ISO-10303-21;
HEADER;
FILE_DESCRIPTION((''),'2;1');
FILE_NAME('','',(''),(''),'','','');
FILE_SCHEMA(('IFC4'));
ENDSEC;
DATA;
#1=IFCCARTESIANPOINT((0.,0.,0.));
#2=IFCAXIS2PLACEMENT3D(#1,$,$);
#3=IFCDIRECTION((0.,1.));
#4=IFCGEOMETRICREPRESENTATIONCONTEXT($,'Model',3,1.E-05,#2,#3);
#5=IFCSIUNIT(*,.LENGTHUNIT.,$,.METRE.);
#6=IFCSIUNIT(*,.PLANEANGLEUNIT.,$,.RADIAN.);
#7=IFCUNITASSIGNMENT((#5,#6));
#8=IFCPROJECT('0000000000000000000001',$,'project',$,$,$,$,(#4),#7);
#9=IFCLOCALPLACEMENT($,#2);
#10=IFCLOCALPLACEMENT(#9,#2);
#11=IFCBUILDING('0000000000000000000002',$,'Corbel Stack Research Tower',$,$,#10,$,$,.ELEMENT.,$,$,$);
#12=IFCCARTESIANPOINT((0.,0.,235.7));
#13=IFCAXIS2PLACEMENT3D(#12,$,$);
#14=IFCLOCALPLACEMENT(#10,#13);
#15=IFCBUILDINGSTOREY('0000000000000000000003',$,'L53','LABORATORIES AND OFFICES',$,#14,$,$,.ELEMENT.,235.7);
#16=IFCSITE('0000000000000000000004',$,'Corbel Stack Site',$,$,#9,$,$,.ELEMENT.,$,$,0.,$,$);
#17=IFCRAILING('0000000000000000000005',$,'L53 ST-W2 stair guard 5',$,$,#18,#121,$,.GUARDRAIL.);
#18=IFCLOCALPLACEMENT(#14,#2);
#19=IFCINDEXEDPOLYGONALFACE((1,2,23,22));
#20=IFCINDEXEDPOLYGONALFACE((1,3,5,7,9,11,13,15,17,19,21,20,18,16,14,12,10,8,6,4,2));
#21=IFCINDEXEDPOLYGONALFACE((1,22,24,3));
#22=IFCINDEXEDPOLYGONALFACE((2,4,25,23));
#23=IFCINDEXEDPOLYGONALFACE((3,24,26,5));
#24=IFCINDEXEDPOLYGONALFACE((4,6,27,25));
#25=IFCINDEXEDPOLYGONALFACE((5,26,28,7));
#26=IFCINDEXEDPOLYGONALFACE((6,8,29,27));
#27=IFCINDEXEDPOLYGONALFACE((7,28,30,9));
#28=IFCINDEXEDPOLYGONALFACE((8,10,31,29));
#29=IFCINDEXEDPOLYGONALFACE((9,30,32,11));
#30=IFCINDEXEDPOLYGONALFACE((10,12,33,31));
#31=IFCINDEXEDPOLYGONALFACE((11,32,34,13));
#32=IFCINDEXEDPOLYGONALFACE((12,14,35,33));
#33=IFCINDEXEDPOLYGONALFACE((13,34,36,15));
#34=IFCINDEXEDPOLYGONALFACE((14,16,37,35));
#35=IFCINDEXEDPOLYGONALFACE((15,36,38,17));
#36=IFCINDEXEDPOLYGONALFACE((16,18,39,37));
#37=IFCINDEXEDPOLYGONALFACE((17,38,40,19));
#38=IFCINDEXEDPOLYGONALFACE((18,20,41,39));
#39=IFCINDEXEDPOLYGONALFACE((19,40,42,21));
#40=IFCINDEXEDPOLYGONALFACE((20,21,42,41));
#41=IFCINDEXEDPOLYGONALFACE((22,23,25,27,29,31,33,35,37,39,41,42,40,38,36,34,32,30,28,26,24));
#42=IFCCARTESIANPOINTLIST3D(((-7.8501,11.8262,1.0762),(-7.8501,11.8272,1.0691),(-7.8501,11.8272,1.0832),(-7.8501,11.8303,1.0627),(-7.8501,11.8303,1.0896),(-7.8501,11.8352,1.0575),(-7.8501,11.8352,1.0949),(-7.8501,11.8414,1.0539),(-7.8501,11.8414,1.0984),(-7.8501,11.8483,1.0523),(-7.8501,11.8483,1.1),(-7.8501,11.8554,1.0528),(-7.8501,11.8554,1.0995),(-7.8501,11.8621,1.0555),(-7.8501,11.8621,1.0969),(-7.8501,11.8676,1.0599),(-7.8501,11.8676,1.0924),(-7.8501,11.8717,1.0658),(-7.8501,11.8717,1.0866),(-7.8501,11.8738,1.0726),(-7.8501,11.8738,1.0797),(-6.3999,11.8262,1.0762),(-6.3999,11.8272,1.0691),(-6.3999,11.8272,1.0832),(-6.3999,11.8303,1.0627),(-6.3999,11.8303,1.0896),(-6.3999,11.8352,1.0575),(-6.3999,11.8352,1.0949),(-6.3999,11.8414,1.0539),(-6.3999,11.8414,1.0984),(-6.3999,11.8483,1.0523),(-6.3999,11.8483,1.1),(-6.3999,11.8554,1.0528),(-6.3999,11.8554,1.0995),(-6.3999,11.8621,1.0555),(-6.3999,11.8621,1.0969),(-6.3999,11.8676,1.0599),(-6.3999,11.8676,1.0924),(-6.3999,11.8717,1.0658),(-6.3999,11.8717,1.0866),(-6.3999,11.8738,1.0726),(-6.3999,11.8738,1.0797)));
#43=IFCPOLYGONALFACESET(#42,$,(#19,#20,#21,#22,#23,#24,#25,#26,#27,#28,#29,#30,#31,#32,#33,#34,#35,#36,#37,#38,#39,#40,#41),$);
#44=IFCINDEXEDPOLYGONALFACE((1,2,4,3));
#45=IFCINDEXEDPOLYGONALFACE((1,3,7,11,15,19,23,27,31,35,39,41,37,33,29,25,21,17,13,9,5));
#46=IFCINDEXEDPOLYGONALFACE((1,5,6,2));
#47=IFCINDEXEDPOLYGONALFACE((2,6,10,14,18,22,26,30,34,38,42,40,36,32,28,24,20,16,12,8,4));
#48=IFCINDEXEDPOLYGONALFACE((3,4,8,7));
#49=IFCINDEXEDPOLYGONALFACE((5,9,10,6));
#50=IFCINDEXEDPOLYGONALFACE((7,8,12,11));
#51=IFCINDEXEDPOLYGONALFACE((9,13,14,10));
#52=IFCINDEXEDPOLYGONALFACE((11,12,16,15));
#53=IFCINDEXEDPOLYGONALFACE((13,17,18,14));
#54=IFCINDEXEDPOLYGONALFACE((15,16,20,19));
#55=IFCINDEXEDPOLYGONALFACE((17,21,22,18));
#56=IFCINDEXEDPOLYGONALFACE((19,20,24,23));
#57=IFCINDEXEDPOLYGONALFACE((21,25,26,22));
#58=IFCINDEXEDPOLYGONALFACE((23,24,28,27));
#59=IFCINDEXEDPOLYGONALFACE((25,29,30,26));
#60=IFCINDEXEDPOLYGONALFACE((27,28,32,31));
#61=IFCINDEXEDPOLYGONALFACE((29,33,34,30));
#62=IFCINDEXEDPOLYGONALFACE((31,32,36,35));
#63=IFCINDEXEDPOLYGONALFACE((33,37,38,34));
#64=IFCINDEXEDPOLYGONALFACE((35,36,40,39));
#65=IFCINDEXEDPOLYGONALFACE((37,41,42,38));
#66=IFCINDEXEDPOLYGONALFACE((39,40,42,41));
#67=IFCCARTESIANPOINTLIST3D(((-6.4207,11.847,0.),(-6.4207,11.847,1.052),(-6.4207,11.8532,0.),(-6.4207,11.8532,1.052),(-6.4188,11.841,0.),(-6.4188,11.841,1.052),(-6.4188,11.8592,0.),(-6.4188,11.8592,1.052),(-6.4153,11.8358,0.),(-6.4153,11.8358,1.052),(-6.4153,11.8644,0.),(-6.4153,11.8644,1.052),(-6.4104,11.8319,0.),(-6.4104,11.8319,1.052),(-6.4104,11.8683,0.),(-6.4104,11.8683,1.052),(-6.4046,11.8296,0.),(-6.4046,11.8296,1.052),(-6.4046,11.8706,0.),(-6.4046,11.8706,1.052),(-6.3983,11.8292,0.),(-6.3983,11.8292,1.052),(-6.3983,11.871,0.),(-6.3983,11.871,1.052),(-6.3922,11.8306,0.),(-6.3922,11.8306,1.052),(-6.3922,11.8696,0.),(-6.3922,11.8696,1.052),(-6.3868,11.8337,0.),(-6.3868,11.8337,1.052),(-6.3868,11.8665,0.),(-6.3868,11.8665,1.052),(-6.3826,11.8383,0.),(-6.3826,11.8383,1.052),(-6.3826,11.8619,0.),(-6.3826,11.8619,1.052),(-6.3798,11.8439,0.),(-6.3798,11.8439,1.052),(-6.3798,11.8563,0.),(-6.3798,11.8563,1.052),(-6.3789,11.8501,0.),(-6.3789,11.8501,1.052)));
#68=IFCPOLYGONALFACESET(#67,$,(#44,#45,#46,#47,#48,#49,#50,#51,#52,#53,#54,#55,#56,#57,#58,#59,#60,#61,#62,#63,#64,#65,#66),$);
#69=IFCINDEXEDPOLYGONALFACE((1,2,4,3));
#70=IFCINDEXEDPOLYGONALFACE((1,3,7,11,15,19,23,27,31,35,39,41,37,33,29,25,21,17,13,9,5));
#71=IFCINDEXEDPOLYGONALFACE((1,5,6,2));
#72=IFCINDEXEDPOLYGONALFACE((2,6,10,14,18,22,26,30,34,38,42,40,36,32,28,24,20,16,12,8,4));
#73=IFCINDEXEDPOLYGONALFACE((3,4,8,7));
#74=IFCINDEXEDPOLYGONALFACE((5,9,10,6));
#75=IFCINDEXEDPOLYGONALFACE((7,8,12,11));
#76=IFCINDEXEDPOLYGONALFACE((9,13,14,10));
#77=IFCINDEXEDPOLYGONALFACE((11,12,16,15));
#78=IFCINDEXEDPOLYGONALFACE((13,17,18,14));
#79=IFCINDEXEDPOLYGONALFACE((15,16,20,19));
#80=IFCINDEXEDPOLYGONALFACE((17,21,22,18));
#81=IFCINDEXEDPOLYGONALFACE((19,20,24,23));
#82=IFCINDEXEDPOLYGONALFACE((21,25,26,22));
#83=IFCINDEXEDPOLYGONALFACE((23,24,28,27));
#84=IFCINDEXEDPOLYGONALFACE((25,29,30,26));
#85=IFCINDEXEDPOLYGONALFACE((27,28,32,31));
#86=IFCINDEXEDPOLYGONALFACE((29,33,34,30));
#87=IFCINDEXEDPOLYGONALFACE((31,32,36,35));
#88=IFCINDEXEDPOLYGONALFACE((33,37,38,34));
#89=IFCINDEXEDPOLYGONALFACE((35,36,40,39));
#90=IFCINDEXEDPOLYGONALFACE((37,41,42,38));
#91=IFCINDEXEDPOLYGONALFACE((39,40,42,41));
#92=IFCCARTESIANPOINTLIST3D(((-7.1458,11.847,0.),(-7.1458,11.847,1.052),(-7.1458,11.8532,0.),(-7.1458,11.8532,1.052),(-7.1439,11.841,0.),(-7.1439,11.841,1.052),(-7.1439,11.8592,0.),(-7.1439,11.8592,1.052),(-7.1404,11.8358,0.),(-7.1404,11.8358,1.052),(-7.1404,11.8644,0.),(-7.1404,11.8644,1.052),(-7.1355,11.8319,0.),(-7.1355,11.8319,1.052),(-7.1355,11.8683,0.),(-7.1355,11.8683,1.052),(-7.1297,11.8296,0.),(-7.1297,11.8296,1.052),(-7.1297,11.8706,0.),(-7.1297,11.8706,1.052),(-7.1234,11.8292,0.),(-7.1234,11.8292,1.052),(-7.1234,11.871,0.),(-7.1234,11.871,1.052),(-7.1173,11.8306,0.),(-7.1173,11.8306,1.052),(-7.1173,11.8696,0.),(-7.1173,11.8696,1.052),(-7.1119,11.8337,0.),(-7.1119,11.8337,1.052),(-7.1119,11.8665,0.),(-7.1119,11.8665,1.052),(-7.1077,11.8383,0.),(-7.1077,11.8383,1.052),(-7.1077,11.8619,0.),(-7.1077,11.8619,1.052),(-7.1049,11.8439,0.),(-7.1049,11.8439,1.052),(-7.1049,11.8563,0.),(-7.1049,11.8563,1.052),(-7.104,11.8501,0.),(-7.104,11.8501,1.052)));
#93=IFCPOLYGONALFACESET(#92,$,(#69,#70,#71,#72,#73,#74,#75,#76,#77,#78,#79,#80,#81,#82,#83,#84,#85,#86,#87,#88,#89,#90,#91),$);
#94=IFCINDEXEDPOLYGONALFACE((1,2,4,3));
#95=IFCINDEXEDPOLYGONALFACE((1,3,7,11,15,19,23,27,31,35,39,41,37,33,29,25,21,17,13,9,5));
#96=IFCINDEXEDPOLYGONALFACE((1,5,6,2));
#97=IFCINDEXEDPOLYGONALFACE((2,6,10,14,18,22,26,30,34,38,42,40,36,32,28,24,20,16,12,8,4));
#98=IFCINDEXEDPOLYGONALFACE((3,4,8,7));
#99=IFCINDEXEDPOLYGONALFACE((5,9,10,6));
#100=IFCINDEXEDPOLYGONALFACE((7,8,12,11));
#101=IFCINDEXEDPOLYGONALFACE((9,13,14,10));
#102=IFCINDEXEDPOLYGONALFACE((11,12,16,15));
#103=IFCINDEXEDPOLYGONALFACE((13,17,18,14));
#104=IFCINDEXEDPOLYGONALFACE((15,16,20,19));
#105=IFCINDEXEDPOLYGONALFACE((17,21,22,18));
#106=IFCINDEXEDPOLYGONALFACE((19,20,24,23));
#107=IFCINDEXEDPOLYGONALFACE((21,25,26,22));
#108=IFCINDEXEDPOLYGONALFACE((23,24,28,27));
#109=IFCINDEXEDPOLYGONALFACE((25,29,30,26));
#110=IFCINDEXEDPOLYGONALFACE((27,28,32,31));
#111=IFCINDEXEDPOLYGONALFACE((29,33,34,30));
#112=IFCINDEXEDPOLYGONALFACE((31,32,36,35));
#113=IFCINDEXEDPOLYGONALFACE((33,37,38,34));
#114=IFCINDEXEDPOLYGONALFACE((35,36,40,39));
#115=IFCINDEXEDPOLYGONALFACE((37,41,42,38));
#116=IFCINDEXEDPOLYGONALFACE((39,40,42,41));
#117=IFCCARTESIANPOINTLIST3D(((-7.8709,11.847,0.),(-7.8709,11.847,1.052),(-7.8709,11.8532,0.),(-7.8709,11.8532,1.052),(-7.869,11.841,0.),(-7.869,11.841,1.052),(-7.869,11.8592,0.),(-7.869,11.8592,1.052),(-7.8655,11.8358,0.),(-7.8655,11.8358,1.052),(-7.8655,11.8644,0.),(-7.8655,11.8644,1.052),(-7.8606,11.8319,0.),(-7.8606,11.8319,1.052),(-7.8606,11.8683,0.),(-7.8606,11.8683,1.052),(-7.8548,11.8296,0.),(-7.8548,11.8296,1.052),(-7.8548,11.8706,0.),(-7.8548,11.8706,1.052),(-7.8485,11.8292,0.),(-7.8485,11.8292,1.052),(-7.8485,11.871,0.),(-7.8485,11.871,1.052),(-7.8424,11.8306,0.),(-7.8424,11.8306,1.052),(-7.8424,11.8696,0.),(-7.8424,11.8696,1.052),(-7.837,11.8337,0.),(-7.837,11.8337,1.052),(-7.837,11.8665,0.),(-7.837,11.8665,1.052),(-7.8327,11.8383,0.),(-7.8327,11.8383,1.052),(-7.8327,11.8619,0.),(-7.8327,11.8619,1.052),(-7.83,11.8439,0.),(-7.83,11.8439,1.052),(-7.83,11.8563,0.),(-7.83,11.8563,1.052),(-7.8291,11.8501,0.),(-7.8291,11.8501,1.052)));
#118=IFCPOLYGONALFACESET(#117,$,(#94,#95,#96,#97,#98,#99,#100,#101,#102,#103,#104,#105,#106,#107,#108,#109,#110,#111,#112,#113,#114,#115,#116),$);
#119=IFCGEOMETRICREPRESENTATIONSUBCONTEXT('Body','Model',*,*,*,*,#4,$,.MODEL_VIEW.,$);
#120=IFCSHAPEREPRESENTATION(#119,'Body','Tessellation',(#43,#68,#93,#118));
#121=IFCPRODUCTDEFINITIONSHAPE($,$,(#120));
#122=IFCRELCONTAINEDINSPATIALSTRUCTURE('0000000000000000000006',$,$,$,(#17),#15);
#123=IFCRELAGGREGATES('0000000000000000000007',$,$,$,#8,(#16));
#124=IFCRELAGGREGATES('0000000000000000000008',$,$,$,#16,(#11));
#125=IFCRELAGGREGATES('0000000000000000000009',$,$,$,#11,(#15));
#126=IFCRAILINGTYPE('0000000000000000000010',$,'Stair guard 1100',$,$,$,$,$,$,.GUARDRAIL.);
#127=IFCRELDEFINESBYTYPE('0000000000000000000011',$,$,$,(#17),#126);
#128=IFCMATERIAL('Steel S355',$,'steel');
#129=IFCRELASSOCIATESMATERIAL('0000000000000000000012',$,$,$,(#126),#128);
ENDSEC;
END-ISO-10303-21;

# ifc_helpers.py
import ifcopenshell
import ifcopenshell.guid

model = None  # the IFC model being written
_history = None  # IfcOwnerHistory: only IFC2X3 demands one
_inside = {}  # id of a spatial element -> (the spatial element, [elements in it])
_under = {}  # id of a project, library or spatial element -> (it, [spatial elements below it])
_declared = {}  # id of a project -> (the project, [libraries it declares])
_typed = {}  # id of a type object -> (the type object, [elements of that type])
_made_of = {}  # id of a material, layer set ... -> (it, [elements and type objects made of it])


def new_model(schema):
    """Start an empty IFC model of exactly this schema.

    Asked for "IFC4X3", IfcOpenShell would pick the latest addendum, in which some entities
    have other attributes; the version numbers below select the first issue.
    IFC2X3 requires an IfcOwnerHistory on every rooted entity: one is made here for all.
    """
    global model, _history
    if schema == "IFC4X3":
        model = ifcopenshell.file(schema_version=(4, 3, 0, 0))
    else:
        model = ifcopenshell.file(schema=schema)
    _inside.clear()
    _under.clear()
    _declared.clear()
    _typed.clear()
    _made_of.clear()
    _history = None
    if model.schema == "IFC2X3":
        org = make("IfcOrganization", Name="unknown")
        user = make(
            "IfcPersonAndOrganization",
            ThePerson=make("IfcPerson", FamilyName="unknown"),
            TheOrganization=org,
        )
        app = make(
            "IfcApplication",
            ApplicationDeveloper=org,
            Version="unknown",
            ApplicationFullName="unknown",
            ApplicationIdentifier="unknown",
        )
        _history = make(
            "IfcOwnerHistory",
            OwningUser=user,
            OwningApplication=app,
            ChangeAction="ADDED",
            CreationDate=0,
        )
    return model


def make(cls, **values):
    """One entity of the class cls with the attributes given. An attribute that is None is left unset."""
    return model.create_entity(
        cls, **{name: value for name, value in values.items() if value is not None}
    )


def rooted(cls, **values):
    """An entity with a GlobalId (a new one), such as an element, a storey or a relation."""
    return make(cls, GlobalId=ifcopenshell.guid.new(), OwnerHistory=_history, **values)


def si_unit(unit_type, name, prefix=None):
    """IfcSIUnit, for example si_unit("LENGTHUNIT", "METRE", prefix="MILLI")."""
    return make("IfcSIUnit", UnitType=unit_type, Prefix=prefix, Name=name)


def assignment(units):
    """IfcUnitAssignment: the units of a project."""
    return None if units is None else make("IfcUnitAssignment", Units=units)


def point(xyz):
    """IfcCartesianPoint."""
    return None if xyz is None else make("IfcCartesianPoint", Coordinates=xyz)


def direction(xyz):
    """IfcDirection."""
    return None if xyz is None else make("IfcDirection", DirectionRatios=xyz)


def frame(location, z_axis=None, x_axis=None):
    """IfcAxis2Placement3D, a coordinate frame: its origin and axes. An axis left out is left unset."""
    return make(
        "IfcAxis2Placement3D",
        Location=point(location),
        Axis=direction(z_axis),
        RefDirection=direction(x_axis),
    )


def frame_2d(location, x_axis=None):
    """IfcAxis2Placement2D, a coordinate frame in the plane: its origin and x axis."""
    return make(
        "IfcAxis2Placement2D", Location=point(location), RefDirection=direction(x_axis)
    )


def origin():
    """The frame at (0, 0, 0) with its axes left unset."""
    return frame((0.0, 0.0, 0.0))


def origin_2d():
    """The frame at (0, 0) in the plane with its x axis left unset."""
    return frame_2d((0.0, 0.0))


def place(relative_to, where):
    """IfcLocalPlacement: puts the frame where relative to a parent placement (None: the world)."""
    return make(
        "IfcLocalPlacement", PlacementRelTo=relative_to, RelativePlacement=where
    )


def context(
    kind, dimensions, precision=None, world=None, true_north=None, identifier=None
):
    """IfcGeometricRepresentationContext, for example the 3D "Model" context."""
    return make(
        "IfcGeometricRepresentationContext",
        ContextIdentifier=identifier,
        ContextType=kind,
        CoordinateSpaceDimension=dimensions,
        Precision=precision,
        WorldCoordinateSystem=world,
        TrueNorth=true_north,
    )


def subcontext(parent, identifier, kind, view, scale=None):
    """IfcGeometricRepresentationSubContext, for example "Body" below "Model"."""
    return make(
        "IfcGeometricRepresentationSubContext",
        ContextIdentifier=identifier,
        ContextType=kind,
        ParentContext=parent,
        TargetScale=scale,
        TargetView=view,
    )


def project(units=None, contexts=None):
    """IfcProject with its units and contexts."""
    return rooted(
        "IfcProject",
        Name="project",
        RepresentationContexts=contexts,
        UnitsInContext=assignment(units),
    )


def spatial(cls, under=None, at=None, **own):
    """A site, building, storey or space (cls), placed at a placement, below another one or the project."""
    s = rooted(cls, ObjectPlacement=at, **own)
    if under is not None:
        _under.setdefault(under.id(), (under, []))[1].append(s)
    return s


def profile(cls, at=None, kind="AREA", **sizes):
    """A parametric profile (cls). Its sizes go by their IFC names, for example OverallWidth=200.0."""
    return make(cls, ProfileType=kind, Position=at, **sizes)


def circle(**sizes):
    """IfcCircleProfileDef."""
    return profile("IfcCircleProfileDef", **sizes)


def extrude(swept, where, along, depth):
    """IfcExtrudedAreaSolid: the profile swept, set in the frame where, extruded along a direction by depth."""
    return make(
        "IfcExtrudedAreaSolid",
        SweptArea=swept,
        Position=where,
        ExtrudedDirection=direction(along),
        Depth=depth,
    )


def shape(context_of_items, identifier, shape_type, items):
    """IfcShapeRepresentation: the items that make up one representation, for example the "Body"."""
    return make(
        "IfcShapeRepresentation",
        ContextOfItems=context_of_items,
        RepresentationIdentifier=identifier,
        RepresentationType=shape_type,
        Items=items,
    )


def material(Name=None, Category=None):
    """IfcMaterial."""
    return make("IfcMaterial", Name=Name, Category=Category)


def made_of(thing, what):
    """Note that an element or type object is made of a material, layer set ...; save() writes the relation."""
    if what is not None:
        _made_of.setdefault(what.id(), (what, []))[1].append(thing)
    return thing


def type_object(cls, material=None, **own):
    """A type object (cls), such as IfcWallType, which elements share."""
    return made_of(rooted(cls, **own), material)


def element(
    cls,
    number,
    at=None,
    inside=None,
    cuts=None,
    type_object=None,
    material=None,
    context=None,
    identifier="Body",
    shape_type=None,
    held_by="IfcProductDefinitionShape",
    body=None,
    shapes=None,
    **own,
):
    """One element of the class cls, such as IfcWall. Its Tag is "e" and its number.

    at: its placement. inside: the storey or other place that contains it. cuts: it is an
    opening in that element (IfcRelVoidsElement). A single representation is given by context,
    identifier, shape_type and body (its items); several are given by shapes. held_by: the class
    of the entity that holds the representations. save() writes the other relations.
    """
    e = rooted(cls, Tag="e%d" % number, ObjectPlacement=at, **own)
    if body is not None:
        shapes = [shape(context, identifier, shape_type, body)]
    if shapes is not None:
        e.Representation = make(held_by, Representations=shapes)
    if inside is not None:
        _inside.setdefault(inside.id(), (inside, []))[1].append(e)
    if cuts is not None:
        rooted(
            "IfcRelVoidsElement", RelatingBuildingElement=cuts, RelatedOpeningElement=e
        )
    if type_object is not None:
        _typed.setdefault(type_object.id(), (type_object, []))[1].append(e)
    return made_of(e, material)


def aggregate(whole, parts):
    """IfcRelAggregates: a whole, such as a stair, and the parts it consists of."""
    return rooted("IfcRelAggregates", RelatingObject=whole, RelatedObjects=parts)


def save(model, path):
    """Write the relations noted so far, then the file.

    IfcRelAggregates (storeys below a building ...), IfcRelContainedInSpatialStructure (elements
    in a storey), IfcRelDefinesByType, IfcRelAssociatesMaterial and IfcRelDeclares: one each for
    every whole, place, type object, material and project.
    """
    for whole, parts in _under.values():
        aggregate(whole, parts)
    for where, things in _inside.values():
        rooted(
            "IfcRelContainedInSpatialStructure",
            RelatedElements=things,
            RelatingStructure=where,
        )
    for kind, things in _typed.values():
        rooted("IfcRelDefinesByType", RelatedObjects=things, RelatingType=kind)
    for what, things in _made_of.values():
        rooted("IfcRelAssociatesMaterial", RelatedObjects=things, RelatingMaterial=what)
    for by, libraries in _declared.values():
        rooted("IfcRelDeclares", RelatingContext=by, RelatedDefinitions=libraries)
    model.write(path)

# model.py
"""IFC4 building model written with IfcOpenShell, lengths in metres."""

from ifc_helpers import new_model, si_unit, direction, frame, origin, origin_2d, place, context, subcontext, project, spatial, circle, extrude, material, type_object, element, save


model = new_model("IFC4")

# Units and contexts
model_context = context("Model", 3, precision=1e-05, world=origin(), true_north=direction((0.0, 1.0)))
body_context = subcontext(model_context, "Body", "Model", "MODEL_VIEW")
ifc_project = project(units=[si_unit("LENGTHUNIT", "METRE"), si_unit("PLANEANGLEUNIT", "RADIAN")], contexts=[model_context])

# Site, building, storey
site_placement = place(None, origin())
site = spatial("IfcSite", under=ifc_project, at=site_placement, Name="Corbel Stack Site", CompositionType="ELEMENT", RefElevation=0.0)
building_placement = place(site_placement, origin())
building = spatial("IfcBuilding", under=site, at=building_placement, Name="Corbel Stack Research Tower", CompositionType="ELEMENT")
storey_placement = place(building_placement, frame((0.0, 0.0, 235.7)))
storey = spatial("IfcBuildingStorey", under=building, at=storey_placement, Name="L53", Description="LABORATORIES AND OFFICES", CompositionType="ELEMENT", Elevation=235.7)

# Railing
ifc_material_1 = material(Name="Steel S355", Category="steel")
railing_type_1 = type_object("IfcRailingType", Name="Stair guard 1100", PredefinedType="GUARDRAIL", material=ifc_material_1)
railing_1_placement = place(storey_placement, frame((-6.3999, 11.8501, 0.0)))
element("IfcRailing", 1, at=railing_1_placement, inside=storey, type_object=railing_type_1, Name="L53 ST-W2 stair guard 5", PredefinedType="GUARDRAIL", context=body_context, shape_type="SweptSolid", body=[
    extrude(circle(Radius=0.0239, at=origin_2d()), frame((0.0, 0.0, 1.0762), z_axis=(-1.0, 0.0, 0.0), x_axis=(0.0, -1.0, 0.0)), (0.0, 0.0, 1.0), 1.4502),
    extrude(circle(Radius=0.021, at=origin_2d()), origin(), (0.0, 0.0, 1.0), 1.052),
    extrude(circle(Radius=0.021, at=origin_2d()), frame((-0.7251, 0.0, 0.0)), (0.0, 0.0, 1.0), 1.052),
    extrude(circle(Radius=0.021, at=origin_2d()), frame((-1.4502, 0.0, 0.0)), (0.0, 0.0, 1.0), 1.052),
])

save(model, "model.ifc")
